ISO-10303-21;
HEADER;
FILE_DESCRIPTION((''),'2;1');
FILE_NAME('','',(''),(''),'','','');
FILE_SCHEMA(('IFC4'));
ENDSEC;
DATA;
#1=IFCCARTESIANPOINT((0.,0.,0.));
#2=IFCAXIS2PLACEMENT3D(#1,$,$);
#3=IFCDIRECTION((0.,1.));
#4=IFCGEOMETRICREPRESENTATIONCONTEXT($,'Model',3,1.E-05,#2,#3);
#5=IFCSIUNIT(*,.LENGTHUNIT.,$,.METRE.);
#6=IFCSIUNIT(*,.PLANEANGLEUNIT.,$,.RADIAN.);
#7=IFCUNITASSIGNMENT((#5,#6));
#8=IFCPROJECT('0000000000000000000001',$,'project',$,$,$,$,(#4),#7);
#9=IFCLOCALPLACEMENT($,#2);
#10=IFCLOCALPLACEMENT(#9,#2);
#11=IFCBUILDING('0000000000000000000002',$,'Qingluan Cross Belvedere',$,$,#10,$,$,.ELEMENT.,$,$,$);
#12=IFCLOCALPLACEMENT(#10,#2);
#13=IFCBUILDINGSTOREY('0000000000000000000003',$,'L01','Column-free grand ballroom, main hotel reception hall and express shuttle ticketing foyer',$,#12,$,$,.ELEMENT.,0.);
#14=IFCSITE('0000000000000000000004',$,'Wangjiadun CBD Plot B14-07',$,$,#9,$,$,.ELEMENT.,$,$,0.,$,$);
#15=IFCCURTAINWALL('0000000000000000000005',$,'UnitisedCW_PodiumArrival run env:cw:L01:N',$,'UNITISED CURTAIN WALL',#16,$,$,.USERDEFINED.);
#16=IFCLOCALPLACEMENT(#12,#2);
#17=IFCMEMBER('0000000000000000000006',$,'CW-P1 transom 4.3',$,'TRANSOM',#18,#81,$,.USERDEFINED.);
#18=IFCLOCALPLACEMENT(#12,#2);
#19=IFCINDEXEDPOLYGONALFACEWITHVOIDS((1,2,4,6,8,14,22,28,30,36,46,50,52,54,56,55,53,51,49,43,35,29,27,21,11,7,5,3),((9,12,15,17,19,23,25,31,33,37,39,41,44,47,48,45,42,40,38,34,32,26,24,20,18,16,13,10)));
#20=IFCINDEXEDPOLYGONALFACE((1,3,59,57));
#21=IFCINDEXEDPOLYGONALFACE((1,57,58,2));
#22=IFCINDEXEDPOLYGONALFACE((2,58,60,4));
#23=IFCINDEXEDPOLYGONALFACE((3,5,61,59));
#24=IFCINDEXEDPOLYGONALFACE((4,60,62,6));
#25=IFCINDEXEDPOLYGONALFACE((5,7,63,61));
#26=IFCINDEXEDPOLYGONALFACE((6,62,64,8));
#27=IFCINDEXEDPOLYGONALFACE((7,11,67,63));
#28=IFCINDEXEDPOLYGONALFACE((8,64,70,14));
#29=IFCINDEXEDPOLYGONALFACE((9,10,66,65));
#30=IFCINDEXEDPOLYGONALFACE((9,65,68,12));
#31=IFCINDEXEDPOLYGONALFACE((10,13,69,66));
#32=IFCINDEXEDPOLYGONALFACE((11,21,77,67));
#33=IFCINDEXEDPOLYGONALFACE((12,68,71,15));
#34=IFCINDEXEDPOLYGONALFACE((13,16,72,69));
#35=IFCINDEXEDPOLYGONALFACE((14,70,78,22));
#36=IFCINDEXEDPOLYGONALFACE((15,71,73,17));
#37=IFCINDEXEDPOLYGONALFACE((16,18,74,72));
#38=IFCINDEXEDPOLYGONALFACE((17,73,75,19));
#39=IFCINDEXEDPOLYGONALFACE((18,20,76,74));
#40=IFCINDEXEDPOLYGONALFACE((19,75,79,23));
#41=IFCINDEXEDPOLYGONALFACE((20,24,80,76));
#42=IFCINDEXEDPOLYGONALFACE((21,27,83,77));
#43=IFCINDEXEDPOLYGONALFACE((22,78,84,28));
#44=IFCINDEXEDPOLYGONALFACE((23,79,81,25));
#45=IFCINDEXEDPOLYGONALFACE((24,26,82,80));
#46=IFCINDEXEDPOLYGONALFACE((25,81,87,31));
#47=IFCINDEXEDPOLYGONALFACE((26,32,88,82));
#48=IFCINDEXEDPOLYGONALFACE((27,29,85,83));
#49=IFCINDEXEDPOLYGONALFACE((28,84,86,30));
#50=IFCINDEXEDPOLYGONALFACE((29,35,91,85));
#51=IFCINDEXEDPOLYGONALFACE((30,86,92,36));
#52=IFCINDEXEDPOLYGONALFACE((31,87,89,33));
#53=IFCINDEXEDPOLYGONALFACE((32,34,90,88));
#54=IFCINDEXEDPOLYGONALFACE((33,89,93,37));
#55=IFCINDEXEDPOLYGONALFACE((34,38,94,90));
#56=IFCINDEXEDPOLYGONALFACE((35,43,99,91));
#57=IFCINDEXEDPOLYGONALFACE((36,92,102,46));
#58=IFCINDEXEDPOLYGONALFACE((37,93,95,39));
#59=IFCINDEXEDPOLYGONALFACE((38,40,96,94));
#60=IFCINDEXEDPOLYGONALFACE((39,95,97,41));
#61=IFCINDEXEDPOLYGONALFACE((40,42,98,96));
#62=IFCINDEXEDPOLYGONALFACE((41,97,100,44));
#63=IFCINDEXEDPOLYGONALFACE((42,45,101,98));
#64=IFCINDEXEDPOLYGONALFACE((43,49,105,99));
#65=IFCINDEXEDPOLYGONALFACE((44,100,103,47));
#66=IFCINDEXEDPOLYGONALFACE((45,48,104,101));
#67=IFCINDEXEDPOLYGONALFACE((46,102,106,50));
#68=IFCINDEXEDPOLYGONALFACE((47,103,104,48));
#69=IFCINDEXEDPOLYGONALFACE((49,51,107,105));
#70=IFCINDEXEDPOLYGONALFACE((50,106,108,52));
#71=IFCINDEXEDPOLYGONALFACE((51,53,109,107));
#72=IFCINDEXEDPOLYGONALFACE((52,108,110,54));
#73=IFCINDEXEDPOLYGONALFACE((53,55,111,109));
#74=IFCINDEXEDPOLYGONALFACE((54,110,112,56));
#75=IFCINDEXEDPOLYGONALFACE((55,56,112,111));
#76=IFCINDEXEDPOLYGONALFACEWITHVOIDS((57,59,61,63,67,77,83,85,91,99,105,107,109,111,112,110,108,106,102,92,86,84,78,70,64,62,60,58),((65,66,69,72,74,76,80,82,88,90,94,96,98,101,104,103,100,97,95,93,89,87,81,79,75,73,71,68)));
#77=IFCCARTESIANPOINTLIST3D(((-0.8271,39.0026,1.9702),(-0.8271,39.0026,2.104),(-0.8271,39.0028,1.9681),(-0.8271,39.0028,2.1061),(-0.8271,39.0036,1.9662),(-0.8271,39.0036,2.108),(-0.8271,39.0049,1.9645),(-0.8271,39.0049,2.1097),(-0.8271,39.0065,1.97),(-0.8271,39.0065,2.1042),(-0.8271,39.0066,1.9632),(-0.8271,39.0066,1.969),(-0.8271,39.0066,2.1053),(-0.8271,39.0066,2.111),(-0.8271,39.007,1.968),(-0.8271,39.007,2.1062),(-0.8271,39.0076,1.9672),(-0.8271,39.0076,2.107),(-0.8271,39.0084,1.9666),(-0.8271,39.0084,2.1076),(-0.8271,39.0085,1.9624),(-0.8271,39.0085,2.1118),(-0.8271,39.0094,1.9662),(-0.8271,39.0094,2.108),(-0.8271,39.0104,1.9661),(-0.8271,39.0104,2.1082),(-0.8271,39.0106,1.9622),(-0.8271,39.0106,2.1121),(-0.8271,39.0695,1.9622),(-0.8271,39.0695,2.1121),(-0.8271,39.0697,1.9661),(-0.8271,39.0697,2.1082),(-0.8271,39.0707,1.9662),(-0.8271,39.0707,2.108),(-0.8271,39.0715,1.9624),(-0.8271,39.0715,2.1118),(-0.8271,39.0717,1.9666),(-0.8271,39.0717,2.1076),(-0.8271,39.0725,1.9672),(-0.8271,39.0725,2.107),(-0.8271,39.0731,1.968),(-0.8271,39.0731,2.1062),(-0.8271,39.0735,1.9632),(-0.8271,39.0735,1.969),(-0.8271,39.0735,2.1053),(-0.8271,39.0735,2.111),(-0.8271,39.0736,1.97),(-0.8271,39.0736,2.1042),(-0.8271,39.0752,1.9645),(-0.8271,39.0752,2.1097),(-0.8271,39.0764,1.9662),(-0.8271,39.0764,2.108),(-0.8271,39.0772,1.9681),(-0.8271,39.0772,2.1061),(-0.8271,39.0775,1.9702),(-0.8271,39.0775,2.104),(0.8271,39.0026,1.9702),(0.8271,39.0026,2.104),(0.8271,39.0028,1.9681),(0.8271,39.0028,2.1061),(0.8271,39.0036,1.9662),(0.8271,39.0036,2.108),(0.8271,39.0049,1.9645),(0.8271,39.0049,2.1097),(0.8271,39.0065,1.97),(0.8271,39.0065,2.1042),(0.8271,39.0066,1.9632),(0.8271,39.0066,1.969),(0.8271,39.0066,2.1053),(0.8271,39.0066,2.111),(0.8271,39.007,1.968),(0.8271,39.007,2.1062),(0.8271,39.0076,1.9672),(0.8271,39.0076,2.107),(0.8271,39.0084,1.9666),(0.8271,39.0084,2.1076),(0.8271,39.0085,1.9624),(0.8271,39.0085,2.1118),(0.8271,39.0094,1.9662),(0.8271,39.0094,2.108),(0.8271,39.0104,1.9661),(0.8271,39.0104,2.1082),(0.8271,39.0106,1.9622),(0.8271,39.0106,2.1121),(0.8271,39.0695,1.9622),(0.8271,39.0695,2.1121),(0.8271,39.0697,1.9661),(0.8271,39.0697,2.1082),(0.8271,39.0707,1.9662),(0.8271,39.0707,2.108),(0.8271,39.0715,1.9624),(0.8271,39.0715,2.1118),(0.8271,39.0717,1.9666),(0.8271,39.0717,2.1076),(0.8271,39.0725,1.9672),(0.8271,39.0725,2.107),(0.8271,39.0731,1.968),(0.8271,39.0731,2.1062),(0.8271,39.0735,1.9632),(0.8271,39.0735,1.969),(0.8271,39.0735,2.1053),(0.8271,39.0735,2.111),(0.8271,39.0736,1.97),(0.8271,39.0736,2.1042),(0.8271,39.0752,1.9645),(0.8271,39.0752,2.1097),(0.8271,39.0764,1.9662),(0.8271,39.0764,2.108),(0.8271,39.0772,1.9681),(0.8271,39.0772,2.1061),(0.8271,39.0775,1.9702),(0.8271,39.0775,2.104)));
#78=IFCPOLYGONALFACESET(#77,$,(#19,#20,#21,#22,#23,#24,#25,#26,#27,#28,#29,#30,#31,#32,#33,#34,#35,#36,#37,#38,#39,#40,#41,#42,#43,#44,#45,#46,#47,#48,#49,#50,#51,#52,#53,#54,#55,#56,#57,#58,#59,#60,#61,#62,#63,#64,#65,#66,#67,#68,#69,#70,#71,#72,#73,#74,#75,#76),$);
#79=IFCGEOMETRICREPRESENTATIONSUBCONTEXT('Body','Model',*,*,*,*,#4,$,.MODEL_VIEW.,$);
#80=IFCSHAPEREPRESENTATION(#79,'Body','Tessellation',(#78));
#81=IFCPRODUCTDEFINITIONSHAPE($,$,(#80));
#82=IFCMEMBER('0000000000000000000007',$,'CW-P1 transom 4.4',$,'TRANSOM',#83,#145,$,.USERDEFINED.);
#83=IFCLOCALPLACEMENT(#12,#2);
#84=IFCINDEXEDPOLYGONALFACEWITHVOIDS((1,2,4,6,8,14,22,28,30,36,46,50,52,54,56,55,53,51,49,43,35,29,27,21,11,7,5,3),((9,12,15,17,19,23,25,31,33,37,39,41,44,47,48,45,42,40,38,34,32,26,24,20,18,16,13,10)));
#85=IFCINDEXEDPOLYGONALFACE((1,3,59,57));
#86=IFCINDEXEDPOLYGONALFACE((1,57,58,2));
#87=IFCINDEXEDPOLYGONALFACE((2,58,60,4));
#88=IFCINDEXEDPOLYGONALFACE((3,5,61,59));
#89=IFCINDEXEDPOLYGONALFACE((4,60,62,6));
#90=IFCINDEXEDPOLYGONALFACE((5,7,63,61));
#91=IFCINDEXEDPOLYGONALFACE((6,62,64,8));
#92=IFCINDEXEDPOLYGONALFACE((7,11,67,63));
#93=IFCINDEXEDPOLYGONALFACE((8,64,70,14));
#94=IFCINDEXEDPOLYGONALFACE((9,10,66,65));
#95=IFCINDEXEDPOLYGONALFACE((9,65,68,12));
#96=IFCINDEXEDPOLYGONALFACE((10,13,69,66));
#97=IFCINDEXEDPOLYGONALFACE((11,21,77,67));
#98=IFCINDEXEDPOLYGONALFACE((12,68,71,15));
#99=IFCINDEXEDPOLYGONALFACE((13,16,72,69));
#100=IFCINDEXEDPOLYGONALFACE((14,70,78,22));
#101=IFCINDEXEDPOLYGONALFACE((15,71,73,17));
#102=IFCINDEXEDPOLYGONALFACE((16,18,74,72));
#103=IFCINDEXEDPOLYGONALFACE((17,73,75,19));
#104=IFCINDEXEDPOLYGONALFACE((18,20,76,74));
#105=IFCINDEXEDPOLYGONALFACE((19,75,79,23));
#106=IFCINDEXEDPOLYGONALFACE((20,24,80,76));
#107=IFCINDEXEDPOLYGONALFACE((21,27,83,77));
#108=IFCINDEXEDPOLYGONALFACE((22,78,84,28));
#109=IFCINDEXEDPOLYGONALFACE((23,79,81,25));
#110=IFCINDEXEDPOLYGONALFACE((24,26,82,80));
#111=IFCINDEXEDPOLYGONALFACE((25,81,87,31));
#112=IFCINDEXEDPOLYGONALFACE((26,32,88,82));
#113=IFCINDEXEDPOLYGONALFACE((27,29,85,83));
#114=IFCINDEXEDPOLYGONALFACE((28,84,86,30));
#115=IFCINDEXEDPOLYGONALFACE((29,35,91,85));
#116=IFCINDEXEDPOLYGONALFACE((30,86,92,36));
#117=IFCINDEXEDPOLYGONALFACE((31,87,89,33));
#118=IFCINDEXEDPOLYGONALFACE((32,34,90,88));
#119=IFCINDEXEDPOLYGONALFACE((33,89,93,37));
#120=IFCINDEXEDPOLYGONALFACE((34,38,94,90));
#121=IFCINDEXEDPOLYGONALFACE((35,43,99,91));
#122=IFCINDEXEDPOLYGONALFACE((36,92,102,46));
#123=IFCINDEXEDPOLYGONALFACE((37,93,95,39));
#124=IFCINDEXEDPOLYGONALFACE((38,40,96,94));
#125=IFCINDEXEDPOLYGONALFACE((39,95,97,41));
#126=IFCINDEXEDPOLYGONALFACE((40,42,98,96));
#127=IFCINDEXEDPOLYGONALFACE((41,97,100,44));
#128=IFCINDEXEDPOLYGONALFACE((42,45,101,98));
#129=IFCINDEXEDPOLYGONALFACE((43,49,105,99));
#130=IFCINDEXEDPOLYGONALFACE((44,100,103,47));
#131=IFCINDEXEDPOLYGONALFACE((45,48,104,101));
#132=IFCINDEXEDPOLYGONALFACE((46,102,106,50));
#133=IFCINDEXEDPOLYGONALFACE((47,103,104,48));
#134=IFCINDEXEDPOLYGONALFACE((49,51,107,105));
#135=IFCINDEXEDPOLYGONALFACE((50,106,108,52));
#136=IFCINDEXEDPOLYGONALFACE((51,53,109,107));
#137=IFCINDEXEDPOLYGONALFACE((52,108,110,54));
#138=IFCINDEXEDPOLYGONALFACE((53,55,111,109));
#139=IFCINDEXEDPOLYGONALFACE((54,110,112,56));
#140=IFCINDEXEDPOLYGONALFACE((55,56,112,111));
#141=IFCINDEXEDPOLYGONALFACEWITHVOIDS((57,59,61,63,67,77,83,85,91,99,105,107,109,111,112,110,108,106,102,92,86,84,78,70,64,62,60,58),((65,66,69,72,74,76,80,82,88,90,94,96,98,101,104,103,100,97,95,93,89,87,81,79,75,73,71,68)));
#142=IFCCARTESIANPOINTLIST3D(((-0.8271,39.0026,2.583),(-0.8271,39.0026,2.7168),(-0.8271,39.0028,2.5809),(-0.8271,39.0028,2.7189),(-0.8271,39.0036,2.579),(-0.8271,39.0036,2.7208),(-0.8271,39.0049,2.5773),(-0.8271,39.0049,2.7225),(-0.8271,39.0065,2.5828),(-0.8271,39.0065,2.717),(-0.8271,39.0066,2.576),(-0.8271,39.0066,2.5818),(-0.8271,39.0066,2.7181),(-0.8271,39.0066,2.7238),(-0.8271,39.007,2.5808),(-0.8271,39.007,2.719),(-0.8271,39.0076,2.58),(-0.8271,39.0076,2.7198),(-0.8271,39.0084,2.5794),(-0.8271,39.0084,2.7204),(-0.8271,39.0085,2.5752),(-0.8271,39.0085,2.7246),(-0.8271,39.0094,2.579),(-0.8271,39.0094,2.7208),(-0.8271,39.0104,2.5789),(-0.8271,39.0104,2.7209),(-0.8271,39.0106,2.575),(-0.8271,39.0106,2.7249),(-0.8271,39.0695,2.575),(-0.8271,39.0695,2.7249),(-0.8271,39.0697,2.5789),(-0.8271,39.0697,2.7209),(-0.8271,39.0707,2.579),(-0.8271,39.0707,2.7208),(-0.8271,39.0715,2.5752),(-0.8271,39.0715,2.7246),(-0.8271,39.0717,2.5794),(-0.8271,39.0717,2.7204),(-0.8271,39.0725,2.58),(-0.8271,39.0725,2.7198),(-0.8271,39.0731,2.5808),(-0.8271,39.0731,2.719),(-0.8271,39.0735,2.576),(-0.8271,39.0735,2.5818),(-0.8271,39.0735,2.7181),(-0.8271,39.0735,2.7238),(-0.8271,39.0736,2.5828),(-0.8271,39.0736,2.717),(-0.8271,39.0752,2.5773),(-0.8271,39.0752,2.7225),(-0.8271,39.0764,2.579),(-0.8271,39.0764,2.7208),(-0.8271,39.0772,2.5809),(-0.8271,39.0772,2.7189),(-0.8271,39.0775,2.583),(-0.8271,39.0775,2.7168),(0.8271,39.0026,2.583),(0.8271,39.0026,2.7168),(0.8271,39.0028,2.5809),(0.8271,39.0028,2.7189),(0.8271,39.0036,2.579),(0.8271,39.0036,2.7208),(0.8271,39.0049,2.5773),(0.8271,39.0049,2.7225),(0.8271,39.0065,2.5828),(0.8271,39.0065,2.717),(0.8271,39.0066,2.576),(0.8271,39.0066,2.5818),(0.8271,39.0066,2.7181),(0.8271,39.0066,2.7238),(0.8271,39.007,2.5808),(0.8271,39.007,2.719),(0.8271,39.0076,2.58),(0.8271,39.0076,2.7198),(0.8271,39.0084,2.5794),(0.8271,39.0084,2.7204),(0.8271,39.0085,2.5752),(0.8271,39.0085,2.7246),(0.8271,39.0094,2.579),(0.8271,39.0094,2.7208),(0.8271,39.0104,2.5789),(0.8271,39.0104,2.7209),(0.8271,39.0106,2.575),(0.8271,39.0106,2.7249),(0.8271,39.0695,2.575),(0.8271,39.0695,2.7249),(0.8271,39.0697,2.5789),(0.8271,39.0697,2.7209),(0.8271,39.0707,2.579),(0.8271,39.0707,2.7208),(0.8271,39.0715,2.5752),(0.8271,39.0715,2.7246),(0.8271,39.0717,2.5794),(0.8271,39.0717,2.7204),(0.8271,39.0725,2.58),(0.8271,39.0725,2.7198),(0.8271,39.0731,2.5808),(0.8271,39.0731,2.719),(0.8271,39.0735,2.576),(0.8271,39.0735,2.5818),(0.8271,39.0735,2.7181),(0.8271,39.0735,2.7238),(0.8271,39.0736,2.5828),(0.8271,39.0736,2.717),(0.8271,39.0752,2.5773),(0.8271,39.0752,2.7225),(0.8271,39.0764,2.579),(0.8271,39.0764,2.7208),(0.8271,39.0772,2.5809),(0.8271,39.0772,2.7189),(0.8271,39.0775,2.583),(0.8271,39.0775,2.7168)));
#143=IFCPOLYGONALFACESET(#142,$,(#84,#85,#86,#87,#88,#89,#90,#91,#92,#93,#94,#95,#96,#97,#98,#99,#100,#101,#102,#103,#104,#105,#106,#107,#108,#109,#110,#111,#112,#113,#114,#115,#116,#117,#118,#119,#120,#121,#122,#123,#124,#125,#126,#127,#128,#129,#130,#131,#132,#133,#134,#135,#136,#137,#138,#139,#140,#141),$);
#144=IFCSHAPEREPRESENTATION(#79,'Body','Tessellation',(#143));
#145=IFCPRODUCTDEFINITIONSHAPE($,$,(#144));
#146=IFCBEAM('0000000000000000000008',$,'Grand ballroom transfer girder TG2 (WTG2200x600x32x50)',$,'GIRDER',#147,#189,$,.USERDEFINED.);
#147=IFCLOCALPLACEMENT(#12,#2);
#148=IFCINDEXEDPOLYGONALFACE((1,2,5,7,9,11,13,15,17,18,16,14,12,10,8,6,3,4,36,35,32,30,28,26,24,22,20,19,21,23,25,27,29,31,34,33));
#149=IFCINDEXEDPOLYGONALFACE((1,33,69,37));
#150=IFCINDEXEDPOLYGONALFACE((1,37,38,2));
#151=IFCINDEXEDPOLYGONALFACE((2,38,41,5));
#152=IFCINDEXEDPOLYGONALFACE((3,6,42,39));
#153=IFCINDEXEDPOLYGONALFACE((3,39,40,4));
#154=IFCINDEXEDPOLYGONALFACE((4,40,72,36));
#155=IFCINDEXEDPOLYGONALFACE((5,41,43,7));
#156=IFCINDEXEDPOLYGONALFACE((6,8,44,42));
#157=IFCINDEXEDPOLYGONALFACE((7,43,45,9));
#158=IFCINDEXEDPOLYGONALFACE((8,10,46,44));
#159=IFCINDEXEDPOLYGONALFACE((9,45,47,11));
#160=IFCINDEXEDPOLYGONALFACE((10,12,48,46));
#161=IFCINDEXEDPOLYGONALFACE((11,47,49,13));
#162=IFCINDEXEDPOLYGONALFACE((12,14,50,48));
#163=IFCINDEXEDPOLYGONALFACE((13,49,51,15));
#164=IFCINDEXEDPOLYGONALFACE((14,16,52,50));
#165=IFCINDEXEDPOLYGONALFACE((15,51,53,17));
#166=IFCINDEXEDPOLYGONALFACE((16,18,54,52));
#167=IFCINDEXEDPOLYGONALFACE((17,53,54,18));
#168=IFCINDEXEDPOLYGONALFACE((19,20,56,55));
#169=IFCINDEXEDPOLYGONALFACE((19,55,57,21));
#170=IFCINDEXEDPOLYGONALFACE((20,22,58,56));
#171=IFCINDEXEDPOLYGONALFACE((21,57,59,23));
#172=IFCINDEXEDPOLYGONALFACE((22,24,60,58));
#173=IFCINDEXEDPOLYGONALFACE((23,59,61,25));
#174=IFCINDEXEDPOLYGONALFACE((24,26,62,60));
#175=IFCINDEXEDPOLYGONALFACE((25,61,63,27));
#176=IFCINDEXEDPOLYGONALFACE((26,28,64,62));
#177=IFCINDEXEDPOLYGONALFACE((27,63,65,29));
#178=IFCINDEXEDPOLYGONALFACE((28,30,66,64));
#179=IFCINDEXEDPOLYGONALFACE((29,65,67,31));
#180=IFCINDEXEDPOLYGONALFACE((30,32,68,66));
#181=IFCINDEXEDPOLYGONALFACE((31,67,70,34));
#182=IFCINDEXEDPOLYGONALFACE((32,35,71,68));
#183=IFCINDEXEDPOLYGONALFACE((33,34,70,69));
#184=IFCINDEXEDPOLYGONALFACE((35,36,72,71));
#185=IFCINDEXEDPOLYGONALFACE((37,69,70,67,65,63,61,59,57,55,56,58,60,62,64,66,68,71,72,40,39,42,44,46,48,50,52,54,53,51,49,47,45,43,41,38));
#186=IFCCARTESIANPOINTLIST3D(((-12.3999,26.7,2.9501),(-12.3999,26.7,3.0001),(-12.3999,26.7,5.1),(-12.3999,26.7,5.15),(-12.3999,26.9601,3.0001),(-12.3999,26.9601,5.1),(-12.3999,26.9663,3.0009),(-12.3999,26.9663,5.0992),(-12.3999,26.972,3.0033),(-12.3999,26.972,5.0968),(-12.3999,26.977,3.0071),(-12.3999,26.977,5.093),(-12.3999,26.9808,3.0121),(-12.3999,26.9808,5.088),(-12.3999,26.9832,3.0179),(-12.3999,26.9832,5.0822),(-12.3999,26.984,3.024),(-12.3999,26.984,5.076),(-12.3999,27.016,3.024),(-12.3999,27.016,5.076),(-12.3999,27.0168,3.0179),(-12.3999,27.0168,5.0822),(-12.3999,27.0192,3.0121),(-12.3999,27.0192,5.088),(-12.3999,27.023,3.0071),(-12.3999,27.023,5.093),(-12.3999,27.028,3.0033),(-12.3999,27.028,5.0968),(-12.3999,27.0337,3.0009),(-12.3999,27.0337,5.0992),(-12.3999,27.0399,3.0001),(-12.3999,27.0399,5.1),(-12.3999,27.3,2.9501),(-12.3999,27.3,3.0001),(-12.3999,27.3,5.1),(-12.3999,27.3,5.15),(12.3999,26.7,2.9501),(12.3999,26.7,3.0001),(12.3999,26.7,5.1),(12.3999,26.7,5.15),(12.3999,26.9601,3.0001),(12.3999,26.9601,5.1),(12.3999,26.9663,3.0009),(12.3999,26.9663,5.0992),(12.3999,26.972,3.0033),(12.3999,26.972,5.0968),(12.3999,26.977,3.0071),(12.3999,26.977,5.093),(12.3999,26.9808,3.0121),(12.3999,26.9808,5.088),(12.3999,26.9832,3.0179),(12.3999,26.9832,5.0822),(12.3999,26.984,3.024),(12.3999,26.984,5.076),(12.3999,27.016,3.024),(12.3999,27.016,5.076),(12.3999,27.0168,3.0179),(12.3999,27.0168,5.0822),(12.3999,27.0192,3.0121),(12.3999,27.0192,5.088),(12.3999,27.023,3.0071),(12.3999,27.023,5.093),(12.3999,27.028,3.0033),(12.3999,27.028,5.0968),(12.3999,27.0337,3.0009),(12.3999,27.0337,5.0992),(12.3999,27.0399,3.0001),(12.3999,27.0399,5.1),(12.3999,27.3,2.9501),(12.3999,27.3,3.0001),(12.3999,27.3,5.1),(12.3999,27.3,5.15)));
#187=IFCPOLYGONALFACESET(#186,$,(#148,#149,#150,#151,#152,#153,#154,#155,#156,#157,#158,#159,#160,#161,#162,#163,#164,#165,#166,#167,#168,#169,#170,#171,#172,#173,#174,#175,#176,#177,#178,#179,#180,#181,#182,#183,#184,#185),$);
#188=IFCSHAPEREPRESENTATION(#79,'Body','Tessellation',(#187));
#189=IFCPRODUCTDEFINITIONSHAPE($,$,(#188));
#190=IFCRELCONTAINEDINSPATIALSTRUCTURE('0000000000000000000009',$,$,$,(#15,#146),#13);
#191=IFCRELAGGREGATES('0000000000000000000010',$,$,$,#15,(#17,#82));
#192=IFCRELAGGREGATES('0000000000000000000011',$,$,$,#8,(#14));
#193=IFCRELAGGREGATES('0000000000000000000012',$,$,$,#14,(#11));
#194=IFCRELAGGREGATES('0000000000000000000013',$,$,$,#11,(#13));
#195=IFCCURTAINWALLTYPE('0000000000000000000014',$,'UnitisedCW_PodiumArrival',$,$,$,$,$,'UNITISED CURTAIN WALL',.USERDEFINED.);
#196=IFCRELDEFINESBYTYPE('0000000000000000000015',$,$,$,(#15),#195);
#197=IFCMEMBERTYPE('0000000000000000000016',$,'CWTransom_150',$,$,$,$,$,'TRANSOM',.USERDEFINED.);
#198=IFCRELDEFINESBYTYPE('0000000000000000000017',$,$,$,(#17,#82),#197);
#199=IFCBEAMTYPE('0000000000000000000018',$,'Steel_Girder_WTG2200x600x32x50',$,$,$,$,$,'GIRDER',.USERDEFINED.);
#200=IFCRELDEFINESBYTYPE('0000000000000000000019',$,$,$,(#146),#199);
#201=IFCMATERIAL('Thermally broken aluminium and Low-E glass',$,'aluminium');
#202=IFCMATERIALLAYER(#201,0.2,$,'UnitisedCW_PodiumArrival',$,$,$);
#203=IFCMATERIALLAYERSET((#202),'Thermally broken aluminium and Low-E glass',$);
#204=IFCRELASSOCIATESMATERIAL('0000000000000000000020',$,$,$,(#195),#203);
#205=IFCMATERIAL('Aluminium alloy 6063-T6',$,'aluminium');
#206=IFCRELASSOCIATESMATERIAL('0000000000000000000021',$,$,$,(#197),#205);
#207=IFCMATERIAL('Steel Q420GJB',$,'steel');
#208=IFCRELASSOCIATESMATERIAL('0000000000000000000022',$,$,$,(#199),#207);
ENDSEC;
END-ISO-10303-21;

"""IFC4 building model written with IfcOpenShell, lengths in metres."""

from ifc_helpers import new_model, si_unit, direction, frame, origin, origin_2d, place, context, subcontext, project, spatial, hollow_rectangle, i_section, extrude, material, layer, layer_set, material_profile, profile_set, type_object, element, aggregate, save


model = new_model("IFC4")

# Units and contexts
model_context = context("Model", 3, precision=1e-05, world=origin(), true_north=direction((0.0, 1.0)))
body_context = subcontext(model_context, "Body", "Model", "MODEL_VIEW")
ifc_project = project(units=[si_unit("LENGTHUNIT", "METRE"), si_unit("PLANEANGLEUNIT", "RADIAN")], contexts=[model_context])

# Site, building, storey
site_placement = place(None, origin())
site = spatial("IfcSite", under=ifc_project, at=site_placement, Name="Wangjiadun CBD Plot B14-07", CompositionType="ELEMENT", RefElevation=0.0)
building_placement = place(site_placement, origin())
building = spatial("IfcBuilding", under=site, at=building_placement, Name="Qingluan Cross Belvedere", CompositionType="ELEMENT")
storey_placement = place(building_placement, origin())
storey = spatial("IfcBuildingStorey", under=building, at=storey_placement, Name="L01", Description="Column-free grand ballroom, main hotel reception hall and express shuttle ticketing foyer", CompositionType="ELEMENT", Elevation=0.0)

# Curtain wall, members
ifc_material_1 = material(Name="Thermally broken aluminium and Low-E glass", Category="aluminium")
ifc_layer_1 = layer(ifc_material_1, 0.2, Name="UnitisedCW_PodiumArrival")
ifc_layer_set_1 = layer_set([ifc_layer_1], Name="Thermally broken aluminium and Low-E glass")
curtain_wall_type = type_object("IfcCurtainWallType", Name="UnitisedCW_PodiumArrival", ElementType="UNITISED CURTAIN WALL", PredefinedType="USERDEFINED", material=ifc_layer_set_1)
curtain_wall_placement = place(storey_placement, origin())
curtain_wall = element("IfcCurtainWall", 1, at=curtain_wall_placement, inside=storey, type_object=curtain_wall_type, Name="UnitisedCW_PodiumArrival run env:cw:L01:N", ObjectType="UNITISED CURTAIN WALL", PredefinedType="USERDEFINED")
ifc_material_2 = material(Name="Aluminium alloy 6063-T6", Category="aluminium")
ifc_material_profile_1 = material_profile(ifc_material_2, hollow_rectangle(XDim=0.075, YDim=0.1499, WallThickness=0.0039, InnerFilletRadius=0.0039, OuterFilletRadius=0.0081, at=origin_2d()), Name="CWT150x75x4")
ifc_profile_set_1 = profile_set([ifc_material_profile_1], Name="Aluminium alloy 6063-T6")
member_type_1 = type_object("IfcMemberType", Name="CWTransom_150", ElementType="TRANSOM", PredefinedType="USERDEFINED", material=ifc_profile_set_1)
member_1_placement = place(storey_placement, frame((-0.8271, 39.04, 2.0371), z_axis=(1.0, 0.0, 0.0), x_axis=(0.0, 1.0, 0.0)))
member_1 = element("IfcMember", 2, at=member_1_placement, type_object=member_type_1, Name="CW-P1 transom 4.3", ObjectType="TRANSOM", PredefinedType="USERDEFINED", context=body_context, shape_type="SweptSolid", body=[
    extrude(hollow_rectangle(XDim=0.075, YDim=0.1499, WallThickness=0.0039, InnerFilletRadius=0.0039, OuterFilletRadius=0.0081, at=origin_2d()), origin(), (0.0, 0.0, 1.0), 1.6543),
])
member_2_placement = place(storey_placement, frame((-0.8271, 39.04, 2.6499), z_axis=(1.0, 0.0, 0.0), x_axis=(0.0, 1.0, 0.0)))
member_2 = element("IfcMember", 3, at=member_2_placement, type_object=member_type_1, Name="CW-P1 transom 4.4", ObjectType="TRANSOM", PredefinedType="USERDEFINED", context=body_context, shape_type="SweptSolid", body=[
    extrude(hollow_rectangle(XDim=0.075, YDim=0.1499, WallThickness=0.0039, InnerFilletRadius=0.0039, OuterFilletRadius=0.0081, at=origin_2d()), origin(), (0.0, 0.0, 1.0), 1.6543),
])

# Beam
ifc_material_3 = material(Name="Steel Q420GJB", Category="steel")
ifc_material_profile_2 = material_profile(ifc_material_3, i_section(OverallWidth=0.6001, OverallDepth=2.2, WebThickness=0.032, FlangeThickness=0.05, FilletRadius=0.0239, at=origin_2d()), Name="WTG2200x600x32x50")
ifc_profile_set_2 = profile_set([ifc_material_profile_2], Name="Steel Q420GJB")
beam_type_1 = type_object("IfcBeamType", Name="Steel_Girder_WTG2200x600x32x50", ElementType="GIRDER", PredefinedType="USERDEFINED", material=ifc_profile_set_2)
beam_1_placement = place(storey_placement, frame((-12.3999, 27.0, 4.05), z_axis=(1.0, 0.0, 0.0), x_axis=(0.0, 1.0, 0.0)))
element("IfcBeam", 4, at=beam_1_placement, inside=storey, type_object=beam_type_1, Name="Grand ballroom transfer girder TG2 (WTG2200x600x32x50)", ObjectType="GIRDER", PredefinedType="USERDEFINED", context=body_context, shape_type="SweptSolid", body=[
    extrude(i_section(OverallWidth=0.6001, OverallDepth=2.2, WebThickness=0.032, FlangeThickness=0.05, FilletRadius=0.0239, at=origin_2d()), origin(), (0.0, 0.0, 1.0), 24.7998),
])

aggregate(curtain_wall, [member_1, member_2])

save(model, "model.ifc")
